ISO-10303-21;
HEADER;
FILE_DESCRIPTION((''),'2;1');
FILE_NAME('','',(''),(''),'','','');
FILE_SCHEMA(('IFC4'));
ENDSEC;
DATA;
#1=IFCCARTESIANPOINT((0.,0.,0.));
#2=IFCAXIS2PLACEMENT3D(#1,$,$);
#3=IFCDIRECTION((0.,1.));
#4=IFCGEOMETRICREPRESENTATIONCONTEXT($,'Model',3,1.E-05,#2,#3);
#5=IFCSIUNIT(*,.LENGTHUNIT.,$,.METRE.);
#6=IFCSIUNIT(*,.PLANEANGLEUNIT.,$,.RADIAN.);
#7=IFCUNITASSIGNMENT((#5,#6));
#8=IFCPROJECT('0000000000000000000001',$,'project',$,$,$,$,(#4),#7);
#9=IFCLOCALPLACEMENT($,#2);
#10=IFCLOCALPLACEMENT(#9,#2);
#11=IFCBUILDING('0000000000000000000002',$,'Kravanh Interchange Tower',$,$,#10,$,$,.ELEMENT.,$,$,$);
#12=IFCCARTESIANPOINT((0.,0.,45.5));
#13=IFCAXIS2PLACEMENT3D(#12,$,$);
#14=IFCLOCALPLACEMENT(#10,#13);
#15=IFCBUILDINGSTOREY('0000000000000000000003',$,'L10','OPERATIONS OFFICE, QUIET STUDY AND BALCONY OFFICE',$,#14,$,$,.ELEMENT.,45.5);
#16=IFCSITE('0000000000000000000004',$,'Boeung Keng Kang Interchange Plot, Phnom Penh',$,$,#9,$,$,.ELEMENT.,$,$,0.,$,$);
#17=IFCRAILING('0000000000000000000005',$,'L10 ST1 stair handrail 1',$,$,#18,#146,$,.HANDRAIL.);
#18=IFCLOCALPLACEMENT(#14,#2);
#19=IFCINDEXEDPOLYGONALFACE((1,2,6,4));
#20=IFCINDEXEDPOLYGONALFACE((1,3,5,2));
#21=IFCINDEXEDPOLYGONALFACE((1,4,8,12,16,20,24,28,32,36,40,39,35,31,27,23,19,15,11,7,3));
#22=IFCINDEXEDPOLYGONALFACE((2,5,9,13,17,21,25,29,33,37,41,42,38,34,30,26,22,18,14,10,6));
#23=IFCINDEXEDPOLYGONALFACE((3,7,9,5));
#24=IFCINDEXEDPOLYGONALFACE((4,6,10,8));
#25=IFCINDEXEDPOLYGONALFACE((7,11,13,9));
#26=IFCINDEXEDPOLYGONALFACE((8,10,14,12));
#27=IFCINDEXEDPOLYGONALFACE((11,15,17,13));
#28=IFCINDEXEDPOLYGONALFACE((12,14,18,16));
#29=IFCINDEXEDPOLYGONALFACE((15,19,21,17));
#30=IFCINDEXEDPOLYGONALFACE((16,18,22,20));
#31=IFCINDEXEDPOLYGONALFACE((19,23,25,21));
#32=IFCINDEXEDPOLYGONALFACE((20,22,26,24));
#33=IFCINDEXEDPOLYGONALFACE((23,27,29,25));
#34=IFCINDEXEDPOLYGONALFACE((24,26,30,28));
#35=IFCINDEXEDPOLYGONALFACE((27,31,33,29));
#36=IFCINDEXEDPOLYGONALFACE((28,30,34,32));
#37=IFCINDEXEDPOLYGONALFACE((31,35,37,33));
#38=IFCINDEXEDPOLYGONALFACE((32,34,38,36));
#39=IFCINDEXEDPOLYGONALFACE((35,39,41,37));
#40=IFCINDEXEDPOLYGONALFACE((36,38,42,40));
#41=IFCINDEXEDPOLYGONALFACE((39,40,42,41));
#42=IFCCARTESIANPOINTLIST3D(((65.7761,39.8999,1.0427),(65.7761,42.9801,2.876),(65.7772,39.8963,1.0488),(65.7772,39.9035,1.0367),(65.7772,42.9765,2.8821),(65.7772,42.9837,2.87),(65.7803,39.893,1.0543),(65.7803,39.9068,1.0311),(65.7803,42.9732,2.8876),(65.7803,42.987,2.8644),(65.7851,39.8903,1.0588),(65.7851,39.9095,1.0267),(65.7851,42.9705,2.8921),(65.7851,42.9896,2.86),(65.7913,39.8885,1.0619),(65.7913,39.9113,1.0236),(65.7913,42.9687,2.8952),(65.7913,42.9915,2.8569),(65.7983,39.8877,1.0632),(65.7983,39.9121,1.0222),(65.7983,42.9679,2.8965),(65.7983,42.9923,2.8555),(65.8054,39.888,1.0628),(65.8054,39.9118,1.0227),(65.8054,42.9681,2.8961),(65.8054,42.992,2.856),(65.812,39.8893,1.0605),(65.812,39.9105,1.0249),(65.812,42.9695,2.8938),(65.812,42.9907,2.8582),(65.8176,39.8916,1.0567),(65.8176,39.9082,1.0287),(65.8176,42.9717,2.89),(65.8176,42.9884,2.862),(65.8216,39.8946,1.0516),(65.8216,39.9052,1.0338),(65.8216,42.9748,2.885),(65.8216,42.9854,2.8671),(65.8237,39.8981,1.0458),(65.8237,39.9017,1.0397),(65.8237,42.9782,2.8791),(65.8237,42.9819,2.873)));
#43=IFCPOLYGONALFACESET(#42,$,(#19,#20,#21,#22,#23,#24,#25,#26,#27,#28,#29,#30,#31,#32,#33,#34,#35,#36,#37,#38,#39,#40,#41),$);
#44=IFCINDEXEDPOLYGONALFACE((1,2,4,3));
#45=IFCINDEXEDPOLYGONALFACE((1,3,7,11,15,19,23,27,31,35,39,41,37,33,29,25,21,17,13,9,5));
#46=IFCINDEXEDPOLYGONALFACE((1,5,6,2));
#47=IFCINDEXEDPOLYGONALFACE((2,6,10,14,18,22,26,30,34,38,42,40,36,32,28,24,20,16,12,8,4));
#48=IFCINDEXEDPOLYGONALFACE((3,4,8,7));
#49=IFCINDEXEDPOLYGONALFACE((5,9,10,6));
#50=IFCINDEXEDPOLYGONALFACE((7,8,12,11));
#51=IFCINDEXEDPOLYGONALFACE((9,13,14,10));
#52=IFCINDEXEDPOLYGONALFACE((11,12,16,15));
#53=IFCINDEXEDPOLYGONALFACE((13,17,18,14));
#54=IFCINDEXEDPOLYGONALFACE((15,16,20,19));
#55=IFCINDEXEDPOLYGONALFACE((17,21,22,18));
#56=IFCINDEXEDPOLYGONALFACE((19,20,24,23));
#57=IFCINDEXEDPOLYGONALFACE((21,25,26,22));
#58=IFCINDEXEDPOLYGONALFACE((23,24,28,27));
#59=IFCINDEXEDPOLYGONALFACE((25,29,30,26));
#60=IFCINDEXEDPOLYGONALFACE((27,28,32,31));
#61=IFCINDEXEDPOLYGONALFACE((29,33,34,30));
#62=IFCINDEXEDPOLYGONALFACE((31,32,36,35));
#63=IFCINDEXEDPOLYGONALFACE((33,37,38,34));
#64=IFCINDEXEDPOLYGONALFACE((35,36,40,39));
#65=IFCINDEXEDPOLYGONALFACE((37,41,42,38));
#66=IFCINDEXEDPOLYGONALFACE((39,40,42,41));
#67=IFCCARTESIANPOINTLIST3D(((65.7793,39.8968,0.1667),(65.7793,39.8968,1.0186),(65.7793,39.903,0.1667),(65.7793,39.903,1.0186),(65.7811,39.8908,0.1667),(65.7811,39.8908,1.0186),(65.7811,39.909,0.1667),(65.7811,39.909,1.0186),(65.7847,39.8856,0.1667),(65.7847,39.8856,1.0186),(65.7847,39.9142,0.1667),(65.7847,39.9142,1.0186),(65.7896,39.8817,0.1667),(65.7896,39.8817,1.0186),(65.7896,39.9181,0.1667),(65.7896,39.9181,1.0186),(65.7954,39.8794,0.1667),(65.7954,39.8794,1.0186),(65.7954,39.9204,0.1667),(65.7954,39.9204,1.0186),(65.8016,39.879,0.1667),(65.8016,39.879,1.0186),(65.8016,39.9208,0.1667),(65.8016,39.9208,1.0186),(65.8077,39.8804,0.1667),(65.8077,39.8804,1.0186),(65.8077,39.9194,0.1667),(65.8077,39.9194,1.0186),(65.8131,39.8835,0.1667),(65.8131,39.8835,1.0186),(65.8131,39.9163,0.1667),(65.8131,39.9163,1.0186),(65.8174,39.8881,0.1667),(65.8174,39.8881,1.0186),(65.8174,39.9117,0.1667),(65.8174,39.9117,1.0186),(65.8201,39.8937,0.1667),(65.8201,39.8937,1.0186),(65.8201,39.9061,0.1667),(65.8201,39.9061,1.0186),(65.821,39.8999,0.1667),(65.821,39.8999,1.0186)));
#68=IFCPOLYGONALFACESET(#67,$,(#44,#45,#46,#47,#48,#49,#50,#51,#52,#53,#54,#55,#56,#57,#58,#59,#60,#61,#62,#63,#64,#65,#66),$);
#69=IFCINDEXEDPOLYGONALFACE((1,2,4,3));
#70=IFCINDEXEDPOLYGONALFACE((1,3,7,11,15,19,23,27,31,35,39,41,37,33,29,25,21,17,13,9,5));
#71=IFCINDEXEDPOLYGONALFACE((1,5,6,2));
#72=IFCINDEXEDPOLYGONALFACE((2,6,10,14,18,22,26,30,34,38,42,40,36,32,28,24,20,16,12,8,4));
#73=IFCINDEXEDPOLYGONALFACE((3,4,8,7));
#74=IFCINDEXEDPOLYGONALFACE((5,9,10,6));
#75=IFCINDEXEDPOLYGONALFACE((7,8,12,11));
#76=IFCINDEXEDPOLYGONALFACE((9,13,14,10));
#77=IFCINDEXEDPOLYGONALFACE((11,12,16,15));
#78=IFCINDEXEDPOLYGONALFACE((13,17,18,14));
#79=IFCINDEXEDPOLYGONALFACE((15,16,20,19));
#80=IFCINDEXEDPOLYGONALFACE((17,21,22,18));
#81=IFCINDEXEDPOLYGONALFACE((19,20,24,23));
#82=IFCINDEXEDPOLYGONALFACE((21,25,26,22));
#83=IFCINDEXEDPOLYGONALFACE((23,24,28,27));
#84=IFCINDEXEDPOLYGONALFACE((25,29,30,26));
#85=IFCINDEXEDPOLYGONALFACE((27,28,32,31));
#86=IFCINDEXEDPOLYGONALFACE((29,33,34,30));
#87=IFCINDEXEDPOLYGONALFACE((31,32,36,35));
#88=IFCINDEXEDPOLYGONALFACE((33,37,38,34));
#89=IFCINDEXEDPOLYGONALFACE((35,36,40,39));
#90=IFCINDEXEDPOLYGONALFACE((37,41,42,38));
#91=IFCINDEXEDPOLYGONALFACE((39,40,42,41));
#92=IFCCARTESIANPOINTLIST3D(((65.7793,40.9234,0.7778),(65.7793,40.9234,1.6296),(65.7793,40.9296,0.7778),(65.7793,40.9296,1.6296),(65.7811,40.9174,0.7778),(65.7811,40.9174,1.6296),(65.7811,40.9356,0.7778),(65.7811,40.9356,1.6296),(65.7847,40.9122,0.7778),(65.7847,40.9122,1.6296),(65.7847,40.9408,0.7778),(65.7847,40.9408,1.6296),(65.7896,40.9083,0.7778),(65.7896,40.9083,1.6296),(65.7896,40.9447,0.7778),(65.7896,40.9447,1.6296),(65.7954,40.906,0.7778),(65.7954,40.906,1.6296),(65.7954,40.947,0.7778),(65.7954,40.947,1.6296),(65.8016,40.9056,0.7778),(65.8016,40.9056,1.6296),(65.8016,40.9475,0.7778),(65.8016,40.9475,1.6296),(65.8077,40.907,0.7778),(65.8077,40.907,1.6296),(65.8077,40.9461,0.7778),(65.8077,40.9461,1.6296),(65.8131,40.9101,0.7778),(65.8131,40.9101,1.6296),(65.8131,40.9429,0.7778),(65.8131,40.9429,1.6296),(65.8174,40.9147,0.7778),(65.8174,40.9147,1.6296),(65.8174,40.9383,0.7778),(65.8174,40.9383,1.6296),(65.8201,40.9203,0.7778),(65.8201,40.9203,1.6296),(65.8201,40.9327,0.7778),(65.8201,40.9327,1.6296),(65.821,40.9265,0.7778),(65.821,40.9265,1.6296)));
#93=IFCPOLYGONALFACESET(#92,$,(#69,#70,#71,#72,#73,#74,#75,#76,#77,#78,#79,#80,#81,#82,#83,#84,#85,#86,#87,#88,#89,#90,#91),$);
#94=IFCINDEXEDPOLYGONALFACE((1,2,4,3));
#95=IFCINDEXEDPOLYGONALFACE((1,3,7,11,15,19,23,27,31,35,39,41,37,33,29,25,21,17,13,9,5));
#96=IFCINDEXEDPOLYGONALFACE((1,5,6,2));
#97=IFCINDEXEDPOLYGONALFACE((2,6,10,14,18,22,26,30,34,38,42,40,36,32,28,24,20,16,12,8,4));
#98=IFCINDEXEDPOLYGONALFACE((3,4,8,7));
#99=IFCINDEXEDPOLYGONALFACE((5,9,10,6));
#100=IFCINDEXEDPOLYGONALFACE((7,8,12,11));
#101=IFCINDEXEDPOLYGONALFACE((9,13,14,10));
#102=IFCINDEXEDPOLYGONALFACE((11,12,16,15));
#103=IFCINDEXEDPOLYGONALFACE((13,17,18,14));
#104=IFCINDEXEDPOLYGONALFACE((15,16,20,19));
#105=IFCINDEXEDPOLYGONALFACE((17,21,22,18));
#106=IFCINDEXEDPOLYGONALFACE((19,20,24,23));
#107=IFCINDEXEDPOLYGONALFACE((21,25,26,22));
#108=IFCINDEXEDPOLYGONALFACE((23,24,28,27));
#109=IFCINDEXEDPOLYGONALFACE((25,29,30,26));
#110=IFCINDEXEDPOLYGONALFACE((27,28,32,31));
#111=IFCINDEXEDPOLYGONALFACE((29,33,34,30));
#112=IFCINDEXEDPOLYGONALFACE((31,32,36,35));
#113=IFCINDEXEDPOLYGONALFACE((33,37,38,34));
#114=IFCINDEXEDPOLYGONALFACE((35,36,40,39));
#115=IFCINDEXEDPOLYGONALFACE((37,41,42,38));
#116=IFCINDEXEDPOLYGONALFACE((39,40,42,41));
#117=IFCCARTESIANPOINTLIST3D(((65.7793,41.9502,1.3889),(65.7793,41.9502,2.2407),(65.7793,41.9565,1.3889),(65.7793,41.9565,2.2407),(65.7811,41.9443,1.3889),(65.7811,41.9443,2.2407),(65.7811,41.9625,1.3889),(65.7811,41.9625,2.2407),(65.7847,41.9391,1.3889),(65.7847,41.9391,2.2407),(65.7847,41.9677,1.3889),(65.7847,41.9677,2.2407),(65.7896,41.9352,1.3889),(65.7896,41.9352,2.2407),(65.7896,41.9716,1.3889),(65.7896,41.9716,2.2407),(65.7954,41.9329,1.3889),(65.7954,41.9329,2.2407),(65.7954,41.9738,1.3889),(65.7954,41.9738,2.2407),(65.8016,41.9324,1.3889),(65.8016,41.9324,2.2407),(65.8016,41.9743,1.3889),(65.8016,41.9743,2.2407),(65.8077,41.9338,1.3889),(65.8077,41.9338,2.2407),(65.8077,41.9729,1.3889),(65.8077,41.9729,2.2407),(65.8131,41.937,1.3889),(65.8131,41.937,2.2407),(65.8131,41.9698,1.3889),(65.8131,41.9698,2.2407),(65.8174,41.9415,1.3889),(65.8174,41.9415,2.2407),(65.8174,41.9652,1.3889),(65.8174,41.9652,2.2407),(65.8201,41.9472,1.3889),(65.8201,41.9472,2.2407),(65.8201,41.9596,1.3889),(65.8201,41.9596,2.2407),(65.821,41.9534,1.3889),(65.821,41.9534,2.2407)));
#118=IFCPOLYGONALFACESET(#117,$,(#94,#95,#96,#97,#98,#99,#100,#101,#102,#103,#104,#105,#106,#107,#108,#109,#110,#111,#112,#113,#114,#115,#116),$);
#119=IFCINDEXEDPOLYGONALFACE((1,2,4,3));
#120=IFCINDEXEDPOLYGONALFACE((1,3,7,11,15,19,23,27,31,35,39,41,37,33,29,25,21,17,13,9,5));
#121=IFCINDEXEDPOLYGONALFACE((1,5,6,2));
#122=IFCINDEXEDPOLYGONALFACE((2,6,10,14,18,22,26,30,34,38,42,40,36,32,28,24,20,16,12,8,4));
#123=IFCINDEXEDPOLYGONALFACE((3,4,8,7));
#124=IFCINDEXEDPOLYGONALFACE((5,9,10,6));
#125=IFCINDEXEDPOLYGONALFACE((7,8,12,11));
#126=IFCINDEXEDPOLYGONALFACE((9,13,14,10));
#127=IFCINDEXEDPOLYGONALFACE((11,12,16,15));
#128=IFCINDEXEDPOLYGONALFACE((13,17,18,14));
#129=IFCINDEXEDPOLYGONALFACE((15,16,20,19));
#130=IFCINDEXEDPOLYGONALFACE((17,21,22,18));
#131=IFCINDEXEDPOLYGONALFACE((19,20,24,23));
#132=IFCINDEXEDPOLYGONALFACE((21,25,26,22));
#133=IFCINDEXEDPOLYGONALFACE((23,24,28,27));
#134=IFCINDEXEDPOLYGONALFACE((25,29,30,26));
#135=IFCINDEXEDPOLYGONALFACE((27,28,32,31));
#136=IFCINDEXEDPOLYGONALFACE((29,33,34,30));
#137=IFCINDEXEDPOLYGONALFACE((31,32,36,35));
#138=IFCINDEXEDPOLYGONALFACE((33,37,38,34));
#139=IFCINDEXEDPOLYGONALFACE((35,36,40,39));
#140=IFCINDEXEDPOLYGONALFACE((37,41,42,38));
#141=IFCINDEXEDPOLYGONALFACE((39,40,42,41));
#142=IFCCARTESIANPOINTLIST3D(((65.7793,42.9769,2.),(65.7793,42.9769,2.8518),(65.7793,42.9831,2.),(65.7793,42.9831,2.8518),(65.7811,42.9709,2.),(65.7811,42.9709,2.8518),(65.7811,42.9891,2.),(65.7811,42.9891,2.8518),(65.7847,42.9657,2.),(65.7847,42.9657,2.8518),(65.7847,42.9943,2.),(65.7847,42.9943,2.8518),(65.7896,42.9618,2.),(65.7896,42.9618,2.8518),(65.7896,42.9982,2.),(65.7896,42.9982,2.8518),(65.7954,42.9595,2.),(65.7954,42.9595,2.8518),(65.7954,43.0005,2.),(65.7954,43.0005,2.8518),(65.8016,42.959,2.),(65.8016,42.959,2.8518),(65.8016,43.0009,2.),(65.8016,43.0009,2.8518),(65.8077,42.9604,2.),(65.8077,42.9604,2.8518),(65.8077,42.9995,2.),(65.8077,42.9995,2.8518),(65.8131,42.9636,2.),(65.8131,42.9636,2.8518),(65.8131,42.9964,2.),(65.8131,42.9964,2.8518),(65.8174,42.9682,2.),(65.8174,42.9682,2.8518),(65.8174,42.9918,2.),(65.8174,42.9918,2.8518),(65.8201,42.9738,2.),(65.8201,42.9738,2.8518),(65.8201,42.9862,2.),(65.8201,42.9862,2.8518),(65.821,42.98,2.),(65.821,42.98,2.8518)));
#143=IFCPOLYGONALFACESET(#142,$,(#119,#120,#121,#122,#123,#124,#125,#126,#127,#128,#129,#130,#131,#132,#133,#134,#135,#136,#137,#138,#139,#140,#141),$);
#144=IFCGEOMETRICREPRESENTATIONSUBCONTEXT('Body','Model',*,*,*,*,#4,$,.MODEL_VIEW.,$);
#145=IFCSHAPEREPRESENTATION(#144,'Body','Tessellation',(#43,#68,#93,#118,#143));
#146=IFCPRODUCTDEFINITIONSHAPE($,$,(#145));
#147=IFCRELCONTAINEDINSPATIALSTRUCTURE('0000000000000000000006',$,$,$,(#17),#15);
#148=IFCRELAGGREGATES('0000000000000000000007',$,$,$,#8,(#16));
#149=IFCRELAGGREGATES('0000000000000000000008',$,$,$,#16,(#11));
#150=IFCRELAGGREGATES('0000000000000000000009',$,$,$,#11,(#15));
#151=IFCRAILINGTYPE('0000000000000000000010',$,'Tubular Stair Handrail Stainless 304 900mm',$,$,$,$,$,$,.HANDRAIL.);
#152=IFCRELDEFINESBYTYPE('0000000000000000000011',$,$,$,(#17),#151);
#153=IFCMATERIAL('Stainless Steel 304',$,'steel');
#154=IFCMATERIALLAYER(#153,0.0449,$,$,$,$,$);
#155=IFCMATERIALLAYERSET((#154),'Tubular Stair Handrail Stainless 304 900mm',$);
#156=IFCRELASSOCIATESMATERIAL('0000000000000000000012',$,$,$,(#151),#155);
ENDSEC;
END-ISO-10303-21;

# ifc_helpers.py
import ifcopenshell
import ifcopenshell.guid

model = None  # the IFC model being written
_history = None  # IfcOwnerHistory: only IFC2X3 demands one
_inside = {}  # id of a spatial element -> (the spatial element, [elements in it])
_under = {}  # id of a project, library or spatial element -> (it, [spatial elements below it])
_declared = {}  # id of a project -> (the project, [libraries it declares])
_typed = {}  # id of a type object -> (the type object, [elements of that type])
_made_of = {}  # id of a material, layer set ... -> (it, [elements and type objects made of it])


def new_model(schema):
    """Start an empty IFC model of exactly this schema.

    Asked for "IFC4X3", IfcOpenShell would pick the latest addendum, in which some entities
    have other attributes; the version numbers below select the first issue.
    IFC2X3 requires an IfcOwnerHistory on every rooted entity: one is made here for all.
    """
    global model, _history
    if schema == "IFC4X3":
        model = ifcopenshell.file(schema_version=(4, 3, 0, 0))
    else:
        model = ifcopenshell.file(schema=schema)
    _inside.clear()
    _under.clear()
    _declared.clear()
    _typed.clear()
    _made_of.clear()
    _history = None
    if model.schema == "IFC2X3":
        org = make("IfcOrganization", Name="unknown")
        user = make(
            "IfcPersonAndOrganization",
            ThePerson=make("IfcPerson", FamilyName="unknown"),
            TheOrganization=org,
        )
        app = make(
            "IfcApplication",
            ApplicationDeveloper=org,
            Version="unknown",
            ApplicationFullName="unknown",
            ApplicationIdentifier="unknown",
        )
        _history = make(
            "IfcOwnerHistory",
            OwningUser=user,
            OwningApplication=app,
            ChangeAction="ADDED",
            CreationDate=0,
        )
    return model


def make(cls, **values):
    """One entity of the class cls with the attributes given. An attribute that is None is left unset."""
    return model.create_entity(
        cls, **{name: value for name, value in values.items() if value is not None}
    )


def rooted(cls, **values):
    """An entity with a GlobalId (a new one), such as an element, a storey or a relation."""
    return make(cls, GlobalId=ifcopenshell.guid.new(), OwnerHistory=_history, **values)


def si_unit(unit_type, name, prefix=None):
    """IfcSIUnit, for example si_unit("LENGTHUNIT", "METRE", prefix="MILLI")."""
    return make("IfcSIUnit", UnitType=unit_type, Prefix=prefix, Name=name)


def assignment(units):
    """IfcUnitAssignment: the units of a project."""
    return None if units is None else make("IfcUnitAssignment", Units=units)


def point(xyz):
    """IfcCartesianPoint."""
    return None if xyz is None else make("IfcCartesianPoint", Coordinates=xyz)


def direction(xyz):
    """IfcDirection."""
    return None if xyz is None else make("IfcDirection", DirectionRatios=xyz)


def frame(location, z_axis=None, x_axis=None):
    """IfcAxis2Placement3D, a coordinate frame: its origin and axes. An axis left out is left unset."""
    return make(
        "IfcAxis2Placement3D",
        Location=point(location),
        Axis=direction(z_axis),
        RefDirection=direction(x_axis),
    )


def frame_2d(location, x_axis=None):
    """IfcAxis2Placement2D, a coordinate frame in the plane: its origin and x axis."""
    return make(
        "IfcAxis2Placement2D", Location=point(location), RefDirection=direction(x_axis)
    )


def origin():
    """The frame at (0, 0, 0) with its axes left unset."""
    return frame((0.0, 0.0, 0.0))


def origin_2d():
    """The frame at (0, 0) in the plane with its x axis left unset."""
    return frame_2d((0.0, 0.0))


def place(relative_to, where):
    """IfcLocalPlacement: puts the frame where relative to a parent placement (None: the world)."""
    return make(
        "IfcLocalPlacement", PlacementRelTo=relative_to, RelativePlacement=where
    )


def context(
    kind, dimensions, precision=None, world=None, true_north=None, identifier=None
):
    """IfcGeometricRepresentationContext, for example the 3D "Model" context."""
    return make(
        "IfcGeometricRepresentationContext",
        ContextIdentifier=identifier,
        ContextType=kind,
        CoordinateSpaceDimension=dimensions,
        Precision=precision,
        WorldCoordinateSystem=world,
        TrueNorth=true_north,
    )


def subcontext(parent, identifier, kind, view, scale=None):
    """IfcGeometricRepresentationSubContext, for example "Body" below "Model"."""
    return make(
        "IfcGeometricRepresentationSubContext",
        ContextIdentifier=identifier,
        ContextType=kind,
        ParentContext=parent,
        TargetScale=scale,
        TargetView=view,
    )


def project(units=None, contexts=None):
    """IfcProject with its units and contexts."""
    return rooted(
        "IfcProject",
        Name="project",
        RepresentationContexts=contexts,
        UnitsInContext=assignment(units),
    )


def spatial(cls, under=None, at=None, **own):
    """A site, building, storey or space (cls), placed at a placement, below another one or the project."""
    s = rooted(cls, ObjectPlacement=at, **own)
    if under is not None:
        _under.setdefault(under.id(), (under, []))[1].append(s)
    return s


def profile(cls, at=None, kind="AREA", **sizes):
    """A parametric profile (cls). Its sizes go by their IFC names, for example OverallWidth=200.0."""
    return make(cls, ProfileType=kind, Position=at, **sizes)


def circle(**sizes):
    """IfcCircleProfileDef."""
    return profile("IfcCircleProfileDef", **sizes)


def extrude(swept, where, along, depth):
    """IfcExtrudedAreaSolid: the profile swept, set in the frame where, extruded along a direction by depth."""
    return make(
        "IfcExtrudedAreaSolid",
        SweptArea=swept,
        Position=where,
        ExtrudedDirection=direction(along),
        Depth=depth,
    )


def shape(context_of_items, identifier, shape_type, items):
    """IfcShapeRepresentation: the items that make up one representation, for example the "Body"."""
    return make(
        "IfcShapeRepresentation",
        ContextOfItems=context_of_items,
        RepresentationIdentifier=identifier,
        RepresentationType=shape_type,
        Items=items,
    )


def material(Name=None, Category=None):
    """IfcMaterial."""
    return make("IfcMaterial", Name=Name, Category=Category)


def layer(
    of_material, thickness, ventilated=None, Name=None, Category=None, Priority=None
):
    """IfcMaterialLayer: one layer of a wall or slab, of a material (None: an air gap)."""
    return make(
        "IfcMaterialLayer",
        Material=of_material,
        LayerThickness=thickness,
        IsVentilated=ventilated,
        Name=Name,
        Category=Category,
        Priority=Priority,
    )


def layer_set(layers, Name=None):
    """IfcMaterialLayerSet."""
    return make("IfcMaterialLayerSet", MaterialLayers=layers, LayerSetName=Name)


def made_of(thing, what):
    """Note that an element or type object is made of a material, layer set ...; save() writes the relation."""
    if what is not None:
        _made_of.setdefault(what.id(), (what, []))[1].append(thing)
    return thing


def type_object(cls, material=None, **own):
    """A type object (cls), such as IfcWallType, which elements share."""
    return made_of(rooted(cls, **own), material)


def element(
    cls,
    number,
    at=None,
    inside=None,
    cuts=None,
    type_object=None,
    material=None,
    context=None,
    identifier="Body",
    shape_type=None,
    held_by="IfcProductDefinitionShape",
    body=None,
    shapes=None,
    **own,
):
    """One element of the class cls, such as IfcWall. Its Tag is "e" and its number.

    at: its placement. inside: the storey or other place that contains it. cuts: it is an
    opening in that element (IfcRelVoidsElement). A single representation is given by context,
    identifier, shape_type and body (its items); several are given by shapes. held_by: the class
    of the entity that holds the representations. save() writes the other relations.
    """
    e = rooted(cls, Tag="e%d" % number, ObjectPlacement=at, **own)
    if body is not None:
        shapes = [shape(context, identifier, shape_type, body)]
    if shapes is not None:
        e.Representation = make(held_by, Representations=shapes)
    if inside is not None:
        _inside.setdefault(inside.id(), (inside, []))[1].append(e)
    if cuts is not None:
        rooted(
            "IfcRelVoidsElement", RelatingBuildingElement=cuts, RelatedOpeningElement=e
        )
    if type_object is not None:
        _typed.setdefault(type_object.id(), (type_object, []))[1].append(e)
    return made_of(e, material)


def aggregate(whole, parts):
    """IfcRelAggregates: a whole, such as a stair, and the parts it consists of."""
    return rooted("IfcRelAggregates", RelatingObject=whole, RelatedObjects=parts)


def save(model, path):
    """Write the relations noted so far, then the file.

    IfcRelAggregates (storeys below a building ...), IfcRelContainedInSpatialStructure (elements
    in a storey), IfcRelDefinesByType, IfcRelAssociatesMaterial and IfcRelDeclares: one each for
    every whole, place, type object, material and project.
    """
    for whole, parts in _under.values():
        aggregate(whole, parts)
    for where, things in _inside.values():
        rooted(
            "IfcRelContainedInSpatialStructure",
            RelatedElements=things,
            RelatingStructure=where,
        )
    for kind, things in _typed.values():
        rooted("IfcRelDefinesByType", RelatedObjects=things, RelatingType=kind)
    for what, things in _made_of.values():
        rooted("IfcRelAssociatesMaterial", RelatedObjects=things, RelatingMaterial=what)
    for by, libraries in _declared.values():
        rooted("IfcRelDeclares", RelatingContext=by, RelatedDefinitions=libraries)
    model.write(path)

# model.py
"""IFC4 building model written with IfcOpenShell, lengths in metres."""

from ifc_helpers import new_model, si_unit, direction, frame, origin, origin_2d, place, context, subcontext, project, spatial, circle, extrude, material, layer, layer_set, type_object, element, save


model = new_model("IFC4")

# Units and contexts
model_context = context("Model", 3, precision=1e-05, world=origin(), true_north=direction((0.0, 1.0)))
body_context = subcontext(model_context, "Body", "Model", "MODEL_VIEW")
ifc_project = project(units=[si_unit("LENGTHUNIT", "METRE"), si_unit("PLANEANGLEUNIT", "RADIAN")], contexts=[model_context])

# Site, building, storey
site_placement = place(None, origin())
site = spatial("IfcSite", under=ifc_project, at=site_placement, Name="Boeung Keng Kang Interchange Plot, Phnom Penh", CompositionType="ELEMENT", RefElevation=0.0)
building_placement = place(site_placement, origin())
building = spatial("IfcBuilding", under=site, at=building_placement, Name="Kravanh Interchange Tower", CompositionType="ELEMENT")
storey_placement = place(building_placement, frame((0.0, 0.0, 45.5)))
storey = spatial("IfcBuildingStorey", under=building, at=storey_placement, Name="L10", Description="OPERATIONS OFFICE, QUIET STUDY AND BALCONY OFFICE", CompositionType="ELEMENT", Elevation=45.5)

# Railing
ifc_material_1 = material(Name="Stainless Steel 304", Category="steel")
ifc_layer_1 = layer(ifc_material_1, 0.0449)
ifc_layer_set_1 = layer_set([ifc_layer_1], Name="Tubular Stair Handrail Stainless 304 900mm")
railing_type_1 = type_object("IfcRailingType", Name="Tubular Stair Handrail Stainless 304 900mm", PredefinedType="HANDRAIL", material=ifc_layer_set_1)
railing_1_placement = place(storey_placement, frame((65.8, 39.8999, 0.1667)))
element("IfcRailing", 1, at=railing_1_placement, inside=storey, type_object=railing_type_1, Name="L10 ST1 stair handrail 1", PredefinedType="HANDRAIL", context=body_context, shape_type="SweptSolid", body=[
    extrude(circle(Radius=0.0239, at=origin_2d()), frame((0.0, 0.0, 0.876), z_axis=(0.0, 0.859309, 0.511458), x_axis=(-1.0, 0.0, 0.0)), (0.0, 0.0, 1.0), 3.5845),
    extrude(circle(Radius=0.021, at=origin_2d()), origin(), (0.0, 0.0, 1.0), 0.8518),
    extrude(circle(Radius=0.021, at=origin_2d()), frame((0.0, 1.0266, 0.6111)), (0.0, 0.0, 1.0), 0.8518),
    extrude(circle(Radius=0.021, at=origin_2d()), frame((0.0, 2.0535, 1.2222)), (0.0, 0.0, 1.0), 0.8518),
    extrude(circle(Radius=0.021, at=origin_2d()), frame((0.0, 3.0801, 1.8333)), (0.0, 0.0, 1.0), 0.8518),
])

save(model, "model.ifc")
